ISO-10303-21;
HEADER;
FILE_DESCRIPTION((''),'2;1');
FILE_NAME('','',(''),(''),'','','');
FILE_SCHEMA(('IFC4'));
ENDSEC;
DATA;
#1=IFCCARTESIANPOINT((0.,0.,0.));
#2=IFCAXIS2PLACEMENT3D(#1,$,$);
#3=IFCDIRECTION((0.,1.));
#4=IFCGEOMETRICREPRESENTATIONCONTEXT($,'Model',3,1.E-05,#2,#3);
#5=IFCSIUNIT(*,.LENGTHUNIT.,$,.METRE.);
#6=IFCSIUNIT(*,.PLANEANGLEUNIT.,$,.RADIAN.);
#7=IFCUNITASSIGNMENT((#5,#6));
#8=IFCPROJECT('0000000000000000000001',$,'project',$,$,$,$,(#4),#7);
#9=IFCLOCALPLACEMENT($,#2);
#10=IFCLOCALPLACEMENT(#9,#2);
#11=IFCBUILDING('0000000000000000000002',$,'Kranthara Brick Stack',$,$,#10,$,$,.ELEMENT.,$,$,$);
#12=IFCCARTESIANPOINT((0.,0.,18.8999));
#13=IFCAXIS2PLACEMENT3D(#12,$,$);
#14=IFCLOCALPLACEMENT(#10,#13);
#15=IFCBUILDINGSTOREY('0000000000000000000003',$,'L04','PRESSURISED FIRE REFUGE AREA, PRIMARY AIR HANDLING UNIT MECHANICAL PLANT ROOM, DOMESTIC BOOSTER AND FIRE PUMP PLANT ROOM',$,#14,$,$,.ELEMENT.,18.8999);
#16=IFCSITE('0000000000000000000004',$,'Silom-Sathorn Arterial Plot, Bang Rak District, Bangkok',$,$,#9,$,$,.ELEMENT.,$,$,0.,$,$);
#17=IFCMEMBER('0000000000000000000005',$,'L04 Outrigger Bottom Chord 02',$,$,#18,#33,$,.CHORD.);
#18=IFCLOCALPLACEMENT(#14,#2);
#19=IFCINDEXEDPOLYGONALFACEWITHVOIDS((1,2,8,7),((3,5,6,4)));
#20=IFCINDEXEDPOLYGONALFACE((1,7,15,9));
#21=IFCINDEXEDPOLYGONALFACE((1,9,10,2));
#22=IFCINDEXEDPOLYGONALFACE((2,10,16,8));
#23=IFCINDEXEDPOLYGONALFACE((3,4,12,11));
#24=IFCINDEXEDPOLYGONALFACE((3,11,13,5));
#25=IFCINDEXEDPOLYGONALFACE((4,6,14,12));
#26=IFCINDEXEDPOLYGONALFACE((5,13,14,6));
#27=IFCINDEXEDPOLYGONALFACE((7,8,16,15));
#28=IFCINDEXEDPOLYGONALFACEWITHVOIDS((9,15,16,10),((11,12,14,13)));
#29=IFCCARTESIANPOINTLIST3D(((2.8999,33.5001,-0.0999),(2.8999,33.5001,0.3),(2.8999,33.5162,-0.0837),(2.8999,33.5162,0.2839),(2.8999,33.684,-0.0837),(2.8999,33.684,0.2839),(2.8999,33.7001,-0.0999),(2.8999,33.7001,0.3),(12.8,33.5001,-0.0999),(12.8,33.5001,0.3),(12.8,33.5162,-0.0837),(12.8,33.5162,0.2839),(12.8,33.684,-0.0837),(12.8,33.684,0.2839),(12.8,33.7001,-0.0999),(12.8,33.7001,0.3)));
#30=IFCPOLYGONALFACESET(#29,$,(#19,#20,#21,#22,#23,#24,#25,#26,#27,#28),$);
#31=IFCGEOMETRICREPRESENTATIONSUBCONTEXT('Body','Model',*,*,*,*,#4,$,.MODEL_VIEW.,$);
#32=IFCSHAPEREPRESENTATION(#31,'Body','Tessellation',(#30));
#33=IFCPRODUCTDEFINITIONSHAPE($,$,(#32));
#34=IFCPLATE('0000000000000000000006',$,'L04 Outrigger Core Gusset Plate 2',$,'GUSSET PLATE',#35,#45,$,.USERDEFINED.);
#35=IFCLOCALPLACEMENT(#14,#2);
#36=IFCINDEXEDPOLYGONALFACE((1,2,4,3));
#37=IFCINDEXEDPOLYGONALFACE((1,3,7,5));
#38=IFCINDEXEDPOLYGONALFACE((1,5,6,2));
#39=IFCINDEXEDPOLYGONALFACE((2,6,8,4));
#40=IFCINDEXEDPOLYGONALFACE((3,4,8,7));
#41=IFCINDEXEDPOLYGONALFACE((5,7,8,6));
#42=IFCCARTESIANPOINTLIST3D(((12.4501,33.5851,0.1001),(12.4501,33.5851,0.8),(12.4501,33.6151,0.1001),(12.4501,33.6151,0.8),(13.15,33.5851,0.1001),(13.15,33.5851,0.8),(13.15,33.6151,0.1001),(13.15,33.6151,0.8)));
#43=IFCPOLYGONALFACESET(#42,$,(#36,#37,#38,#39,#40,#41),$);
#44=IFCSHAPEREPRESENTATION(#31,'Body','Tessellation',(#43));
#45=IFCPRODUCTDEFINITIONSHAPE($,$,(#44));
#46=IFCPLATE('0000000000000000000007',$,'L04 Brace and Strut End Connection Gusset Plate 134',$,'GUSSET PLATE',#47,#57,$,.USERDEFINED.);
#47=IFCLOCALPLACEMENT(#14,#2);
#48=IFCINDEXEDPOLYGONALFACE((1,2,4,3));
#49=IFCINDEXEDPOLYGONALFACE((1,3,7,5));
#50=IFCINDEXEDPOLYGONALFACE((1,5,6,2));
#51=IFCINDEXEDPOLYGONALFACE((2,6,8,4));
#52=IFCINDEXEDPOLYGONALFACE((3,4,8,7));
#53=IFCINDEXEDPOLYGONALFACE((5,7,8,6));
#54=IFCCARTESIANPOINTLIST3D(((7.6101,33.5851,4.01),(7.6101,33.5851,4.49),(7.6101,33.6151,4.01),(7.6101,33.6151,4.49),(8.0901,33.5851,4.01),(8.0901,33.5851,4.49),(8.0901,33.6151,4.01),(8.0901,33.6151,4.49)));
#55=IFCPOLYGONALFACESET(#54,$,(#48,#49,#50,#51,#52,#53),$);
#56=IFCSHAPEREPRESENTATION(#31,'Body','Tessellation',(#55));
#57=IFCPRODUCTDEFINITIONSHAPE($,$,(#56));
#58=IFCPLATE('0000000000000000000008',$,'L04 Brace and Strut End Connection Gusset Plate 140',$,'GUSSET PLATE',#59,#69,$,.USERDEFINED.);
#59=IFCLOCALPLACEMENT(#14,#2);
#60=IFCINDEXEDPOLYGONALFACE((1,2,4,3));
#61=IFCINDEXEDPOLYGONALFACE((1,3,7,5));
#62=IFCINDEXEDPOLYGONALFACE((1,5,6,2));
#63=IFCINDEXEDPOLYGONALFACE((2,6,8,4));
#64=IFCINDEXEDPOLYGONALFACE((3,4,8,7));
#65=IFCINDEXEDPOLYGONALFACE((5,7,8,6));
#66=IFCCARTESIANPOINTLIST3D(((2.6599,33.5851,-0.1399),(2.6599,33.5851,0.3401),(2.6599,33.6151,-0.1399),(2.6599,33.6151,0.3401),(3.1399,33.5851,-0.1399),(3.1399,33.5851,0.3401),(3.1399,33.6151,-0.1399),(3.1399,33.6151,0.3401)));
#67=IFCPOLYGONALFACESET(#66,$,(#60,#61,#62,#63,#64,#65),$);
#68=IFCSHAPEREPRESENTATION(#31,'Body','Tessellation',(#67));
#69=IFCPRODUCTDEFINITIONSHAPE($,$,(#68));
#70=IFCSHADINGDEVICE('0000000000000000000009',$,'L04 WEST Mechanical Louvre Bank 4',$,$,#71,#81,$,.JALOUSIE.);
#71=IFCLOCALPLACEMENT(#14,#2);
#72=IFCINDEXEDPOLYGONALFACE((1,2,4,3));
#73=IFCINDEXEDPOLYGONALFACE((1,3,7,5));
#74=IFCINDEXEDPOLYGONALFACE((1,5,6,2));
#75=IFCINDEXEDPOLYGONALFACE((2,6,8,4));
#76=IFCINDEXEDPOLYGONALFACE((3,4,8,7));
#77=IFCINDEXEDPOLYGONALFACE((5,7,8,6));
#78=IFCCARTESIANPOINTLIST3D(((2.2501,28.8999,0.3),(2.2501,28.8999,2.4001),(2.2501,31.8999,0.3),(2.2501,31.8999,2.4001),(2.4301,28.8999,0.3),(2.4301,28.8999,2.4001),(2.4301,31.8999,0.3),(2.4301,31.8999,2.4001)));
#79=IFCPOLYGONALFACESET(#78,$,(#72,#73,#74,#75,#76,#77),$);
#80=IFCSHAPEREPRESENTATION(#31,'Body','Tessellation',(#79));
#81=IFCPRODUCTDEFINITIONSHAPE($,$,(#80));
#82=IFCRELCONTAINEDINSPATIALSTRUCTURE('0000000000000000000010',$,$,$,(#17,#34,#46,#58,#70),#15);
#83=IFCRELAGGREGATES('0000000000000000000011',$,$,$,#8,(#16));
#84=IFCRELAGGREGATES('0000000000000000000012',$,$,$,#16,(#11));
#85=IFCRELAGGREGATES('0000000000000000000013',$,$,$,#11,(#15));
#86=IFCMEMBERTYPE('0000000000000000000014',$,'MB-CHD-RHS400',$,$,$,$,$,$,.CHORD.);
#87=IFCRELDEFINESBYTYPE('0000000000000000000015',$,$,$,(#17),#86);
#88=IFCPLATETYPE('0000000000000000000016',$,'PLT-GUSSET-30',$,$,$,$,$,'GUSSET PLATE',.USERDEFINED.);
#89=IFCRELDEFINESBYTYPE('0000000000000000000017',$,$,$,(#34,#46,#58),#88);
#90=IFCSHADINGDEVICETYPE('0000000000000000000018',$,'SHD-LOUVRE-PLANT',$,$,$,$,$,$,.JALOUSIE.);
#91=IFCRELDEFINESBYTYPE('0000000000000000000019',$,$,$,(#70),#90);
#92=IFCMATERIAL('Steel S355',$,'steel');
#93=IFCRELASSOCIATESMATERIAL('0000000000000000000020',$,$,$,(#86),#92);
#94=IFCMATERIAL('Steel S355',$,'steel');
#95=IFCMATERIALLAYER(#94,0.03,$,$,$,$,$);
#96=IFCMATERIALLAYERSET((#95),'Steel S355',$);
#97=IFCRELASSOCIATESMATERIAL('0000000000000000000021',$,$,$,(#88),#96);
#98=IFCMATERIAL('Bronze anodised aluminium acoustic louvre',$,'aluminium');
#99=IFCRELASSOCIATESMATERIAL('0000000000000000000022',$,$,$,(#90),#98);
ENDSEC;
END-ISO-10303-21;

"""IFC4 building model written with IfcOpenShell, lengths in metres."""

from ifc_helpers import new_model, si_unit, direction, frame, origin, origin_2d, place, context, subcontext, project, spatial, rectangle, hollow_rectangle, extrude, material, layer, layer_set, material_profile, profile_set, type_object, element, save


model = new_model("IFC4")

# Units and contexts
model_context = context("Model", 3, precision=1e-05, world=origin(), true_north=direction((0.0, 1.0)))
body_context = subcontext(model_context, "Body", "Model", "MODEL_VIEW")
ifc_project = project(units=[si_unit("LENGTHUNIT", "METRE"), si_unit("PLANEANGLEUNIT", "RADIAN")], contexts=[model_context])

# Site, building, storey
site_placement = place(None, origin())
site = spatial("IfcSite", under=ifc_project, at=site_placement, Name="Silom-Sathorn Arterial Plot, Bang Rak District, Bangkok", CompositionType="ELEMENT", RefElevation=0.0)
building_placement = place(site_placement, origin())
building = spatial("IfcBuilding", under=site, at=building_placement, Name="Kranthara Brick Stack", CompositionType="ELEMENT")
storey_placement = place(building_placement, frame((0.0, 0.0, 18.8999)))
storey = spatial("IfcBuildingStorey", under=building, at=storey_placement, Name="L04", Description="PRESSURISED FIRE REFUGE AREA, PRIMARY AIR HANDLING UNIT MECHANICAL PLANT ROOM, DOMESTIC BOOSTER AND FIRE PUMP PLANT ROOM", CompositionType="ELEMENT", Elevation=18.8999)

# Member
ifc_material_1 = material(Name="Steel S355", Category="steel")
ifc_material_profile_1 = material_profile(ifc_material_1, hollow_rectangle(XDim=0.2, YDim=0.3999, WallThickness=0.0161, at=origin_2d()), Name="RHS 200x400x16")
ifc_profile_set_1 = profile_set([ifc_material_profile_1], Name="Steel S355")
member_type_1 = type_object("IfcMemberType", Name="MB-CHD-RHS400", PredefinedType="CHORD", material=ifc_profile_set_1)
member_placement = place(storey_placement, frame((12.8, 33.6001, 0.1001), z_axis=(-1.0, 0.0, 0.0), x_axis=(0.0, -1.0, 0.0)))
element("IfcMember", 1, at=member_placement, inside=storey, type_object=member_type_1, Name="L04 Outrigger Bottom Chord 02", PredefinedType="CHORD", context=body_context, shape_type="SweptSolid", body=[
    extrude(hollow_rectangle(XDim=0.2, YDim=0.3999, WallThickness=0.0161, at=origin_2d()), origin(), (0.0, 0.0, 1.0), 9.9001),
])

# Plates
ifc_material_2 = material(Name="Steel S355", Category="steel")
ifc_layer = layer(ifc_material_2, 0.03)
ifc_layer_set = layer_set([ifc_layer], Name="Steel S355")
plate_type = type_object("IfcPlateType", Name="PLT-GUSSET-30", ElementType="GUSSET PLATE", PredefinedType="USERDEFINED", material=ifc_layer_set)
plate_placement = place(storey_placement, frame((12.8, 33.6001, 0.1001), z_axis=(0.0, 0.0, 1.0), x_axis=(1.0, 0.0, 0.0)))
element("IfcPlate", 2, at=plate_placement, inside=storey, type_object=plate_type, Name="L04 Outrigger Core Gusset Plate 2", ObjectType="GUSSET PLATE", PredefinedType="USERDEFINED", context=body_context, shape_type="SweptSolid", body=[
    extrude(rectangle(XDim=0.7, YDim=0.03, at=origin_2d()), origin(), (0.0, 0.0, 1.0), 0.7),
])
for number, where, z_axis, x_axis, name in (
    (3, (7.8501, 33.6001, 4.01), (0.0, 0.0, 1.0), (1.0, 0.0, 0.0), "L04 Brace and Strut End Connection Gusset Plate 134"),
    (4, (2.8999, 33.6001, -0.1399), (0.0, 0.0, 1.0), (1.0, 0.0, 0.0), "L04 Brace and Strut End Connection Gusset Plate 140"),
):
    element("IfcPlate", number, at=place(storey_placement, frame(where, z_axis=z_axis, x_axis=x_axis)), inside=storey, type_object=plate_type, Name=name, ObjectType="GUSSET PLATE", PredefinedType="USERDEFINED", context=body_context, shape_type="SweptSolid", body=[
        extrude(rectangle(XDim=0.48, YDim=0.03, at=origin_2d()), origin(), (0.0, 0.0, 1.0), 0.48),
    ])

# Shading device
ifc_material_3 = material(Name="Bronze anodised aluminium acoustic louvre", Category="aluminium")
shading_device_type = type_object("IfcShadingDeviceType", Name="SHD-LOUVRE-PLANT", PredefinedType="JALOUSIE", material=ifc_material_3)
shading_device_placement = place(storey_placement, frame((2.3401, 30.3999, 0.3), z_axis=(0.0, 0.0, 1.0), x_axis=(0.0, 1.0, 0.0)))
element("IfcShadingDevice", 5, at=shading_device_placement, inside=storey, type_object=shading_device_type, Name="L04 WEST Mechanical Louvre Bank 4", PredefinedType="JALOUSIE", context=body_context, shape_type="SweptSolid", body=[
    extrude(rectangle(XDim=3.0, YDim=0.1799, at=origin_2d()), origin(), (0.0, 0.0, 1.0), 2.1001),
])

save(model, "model.ifc")
